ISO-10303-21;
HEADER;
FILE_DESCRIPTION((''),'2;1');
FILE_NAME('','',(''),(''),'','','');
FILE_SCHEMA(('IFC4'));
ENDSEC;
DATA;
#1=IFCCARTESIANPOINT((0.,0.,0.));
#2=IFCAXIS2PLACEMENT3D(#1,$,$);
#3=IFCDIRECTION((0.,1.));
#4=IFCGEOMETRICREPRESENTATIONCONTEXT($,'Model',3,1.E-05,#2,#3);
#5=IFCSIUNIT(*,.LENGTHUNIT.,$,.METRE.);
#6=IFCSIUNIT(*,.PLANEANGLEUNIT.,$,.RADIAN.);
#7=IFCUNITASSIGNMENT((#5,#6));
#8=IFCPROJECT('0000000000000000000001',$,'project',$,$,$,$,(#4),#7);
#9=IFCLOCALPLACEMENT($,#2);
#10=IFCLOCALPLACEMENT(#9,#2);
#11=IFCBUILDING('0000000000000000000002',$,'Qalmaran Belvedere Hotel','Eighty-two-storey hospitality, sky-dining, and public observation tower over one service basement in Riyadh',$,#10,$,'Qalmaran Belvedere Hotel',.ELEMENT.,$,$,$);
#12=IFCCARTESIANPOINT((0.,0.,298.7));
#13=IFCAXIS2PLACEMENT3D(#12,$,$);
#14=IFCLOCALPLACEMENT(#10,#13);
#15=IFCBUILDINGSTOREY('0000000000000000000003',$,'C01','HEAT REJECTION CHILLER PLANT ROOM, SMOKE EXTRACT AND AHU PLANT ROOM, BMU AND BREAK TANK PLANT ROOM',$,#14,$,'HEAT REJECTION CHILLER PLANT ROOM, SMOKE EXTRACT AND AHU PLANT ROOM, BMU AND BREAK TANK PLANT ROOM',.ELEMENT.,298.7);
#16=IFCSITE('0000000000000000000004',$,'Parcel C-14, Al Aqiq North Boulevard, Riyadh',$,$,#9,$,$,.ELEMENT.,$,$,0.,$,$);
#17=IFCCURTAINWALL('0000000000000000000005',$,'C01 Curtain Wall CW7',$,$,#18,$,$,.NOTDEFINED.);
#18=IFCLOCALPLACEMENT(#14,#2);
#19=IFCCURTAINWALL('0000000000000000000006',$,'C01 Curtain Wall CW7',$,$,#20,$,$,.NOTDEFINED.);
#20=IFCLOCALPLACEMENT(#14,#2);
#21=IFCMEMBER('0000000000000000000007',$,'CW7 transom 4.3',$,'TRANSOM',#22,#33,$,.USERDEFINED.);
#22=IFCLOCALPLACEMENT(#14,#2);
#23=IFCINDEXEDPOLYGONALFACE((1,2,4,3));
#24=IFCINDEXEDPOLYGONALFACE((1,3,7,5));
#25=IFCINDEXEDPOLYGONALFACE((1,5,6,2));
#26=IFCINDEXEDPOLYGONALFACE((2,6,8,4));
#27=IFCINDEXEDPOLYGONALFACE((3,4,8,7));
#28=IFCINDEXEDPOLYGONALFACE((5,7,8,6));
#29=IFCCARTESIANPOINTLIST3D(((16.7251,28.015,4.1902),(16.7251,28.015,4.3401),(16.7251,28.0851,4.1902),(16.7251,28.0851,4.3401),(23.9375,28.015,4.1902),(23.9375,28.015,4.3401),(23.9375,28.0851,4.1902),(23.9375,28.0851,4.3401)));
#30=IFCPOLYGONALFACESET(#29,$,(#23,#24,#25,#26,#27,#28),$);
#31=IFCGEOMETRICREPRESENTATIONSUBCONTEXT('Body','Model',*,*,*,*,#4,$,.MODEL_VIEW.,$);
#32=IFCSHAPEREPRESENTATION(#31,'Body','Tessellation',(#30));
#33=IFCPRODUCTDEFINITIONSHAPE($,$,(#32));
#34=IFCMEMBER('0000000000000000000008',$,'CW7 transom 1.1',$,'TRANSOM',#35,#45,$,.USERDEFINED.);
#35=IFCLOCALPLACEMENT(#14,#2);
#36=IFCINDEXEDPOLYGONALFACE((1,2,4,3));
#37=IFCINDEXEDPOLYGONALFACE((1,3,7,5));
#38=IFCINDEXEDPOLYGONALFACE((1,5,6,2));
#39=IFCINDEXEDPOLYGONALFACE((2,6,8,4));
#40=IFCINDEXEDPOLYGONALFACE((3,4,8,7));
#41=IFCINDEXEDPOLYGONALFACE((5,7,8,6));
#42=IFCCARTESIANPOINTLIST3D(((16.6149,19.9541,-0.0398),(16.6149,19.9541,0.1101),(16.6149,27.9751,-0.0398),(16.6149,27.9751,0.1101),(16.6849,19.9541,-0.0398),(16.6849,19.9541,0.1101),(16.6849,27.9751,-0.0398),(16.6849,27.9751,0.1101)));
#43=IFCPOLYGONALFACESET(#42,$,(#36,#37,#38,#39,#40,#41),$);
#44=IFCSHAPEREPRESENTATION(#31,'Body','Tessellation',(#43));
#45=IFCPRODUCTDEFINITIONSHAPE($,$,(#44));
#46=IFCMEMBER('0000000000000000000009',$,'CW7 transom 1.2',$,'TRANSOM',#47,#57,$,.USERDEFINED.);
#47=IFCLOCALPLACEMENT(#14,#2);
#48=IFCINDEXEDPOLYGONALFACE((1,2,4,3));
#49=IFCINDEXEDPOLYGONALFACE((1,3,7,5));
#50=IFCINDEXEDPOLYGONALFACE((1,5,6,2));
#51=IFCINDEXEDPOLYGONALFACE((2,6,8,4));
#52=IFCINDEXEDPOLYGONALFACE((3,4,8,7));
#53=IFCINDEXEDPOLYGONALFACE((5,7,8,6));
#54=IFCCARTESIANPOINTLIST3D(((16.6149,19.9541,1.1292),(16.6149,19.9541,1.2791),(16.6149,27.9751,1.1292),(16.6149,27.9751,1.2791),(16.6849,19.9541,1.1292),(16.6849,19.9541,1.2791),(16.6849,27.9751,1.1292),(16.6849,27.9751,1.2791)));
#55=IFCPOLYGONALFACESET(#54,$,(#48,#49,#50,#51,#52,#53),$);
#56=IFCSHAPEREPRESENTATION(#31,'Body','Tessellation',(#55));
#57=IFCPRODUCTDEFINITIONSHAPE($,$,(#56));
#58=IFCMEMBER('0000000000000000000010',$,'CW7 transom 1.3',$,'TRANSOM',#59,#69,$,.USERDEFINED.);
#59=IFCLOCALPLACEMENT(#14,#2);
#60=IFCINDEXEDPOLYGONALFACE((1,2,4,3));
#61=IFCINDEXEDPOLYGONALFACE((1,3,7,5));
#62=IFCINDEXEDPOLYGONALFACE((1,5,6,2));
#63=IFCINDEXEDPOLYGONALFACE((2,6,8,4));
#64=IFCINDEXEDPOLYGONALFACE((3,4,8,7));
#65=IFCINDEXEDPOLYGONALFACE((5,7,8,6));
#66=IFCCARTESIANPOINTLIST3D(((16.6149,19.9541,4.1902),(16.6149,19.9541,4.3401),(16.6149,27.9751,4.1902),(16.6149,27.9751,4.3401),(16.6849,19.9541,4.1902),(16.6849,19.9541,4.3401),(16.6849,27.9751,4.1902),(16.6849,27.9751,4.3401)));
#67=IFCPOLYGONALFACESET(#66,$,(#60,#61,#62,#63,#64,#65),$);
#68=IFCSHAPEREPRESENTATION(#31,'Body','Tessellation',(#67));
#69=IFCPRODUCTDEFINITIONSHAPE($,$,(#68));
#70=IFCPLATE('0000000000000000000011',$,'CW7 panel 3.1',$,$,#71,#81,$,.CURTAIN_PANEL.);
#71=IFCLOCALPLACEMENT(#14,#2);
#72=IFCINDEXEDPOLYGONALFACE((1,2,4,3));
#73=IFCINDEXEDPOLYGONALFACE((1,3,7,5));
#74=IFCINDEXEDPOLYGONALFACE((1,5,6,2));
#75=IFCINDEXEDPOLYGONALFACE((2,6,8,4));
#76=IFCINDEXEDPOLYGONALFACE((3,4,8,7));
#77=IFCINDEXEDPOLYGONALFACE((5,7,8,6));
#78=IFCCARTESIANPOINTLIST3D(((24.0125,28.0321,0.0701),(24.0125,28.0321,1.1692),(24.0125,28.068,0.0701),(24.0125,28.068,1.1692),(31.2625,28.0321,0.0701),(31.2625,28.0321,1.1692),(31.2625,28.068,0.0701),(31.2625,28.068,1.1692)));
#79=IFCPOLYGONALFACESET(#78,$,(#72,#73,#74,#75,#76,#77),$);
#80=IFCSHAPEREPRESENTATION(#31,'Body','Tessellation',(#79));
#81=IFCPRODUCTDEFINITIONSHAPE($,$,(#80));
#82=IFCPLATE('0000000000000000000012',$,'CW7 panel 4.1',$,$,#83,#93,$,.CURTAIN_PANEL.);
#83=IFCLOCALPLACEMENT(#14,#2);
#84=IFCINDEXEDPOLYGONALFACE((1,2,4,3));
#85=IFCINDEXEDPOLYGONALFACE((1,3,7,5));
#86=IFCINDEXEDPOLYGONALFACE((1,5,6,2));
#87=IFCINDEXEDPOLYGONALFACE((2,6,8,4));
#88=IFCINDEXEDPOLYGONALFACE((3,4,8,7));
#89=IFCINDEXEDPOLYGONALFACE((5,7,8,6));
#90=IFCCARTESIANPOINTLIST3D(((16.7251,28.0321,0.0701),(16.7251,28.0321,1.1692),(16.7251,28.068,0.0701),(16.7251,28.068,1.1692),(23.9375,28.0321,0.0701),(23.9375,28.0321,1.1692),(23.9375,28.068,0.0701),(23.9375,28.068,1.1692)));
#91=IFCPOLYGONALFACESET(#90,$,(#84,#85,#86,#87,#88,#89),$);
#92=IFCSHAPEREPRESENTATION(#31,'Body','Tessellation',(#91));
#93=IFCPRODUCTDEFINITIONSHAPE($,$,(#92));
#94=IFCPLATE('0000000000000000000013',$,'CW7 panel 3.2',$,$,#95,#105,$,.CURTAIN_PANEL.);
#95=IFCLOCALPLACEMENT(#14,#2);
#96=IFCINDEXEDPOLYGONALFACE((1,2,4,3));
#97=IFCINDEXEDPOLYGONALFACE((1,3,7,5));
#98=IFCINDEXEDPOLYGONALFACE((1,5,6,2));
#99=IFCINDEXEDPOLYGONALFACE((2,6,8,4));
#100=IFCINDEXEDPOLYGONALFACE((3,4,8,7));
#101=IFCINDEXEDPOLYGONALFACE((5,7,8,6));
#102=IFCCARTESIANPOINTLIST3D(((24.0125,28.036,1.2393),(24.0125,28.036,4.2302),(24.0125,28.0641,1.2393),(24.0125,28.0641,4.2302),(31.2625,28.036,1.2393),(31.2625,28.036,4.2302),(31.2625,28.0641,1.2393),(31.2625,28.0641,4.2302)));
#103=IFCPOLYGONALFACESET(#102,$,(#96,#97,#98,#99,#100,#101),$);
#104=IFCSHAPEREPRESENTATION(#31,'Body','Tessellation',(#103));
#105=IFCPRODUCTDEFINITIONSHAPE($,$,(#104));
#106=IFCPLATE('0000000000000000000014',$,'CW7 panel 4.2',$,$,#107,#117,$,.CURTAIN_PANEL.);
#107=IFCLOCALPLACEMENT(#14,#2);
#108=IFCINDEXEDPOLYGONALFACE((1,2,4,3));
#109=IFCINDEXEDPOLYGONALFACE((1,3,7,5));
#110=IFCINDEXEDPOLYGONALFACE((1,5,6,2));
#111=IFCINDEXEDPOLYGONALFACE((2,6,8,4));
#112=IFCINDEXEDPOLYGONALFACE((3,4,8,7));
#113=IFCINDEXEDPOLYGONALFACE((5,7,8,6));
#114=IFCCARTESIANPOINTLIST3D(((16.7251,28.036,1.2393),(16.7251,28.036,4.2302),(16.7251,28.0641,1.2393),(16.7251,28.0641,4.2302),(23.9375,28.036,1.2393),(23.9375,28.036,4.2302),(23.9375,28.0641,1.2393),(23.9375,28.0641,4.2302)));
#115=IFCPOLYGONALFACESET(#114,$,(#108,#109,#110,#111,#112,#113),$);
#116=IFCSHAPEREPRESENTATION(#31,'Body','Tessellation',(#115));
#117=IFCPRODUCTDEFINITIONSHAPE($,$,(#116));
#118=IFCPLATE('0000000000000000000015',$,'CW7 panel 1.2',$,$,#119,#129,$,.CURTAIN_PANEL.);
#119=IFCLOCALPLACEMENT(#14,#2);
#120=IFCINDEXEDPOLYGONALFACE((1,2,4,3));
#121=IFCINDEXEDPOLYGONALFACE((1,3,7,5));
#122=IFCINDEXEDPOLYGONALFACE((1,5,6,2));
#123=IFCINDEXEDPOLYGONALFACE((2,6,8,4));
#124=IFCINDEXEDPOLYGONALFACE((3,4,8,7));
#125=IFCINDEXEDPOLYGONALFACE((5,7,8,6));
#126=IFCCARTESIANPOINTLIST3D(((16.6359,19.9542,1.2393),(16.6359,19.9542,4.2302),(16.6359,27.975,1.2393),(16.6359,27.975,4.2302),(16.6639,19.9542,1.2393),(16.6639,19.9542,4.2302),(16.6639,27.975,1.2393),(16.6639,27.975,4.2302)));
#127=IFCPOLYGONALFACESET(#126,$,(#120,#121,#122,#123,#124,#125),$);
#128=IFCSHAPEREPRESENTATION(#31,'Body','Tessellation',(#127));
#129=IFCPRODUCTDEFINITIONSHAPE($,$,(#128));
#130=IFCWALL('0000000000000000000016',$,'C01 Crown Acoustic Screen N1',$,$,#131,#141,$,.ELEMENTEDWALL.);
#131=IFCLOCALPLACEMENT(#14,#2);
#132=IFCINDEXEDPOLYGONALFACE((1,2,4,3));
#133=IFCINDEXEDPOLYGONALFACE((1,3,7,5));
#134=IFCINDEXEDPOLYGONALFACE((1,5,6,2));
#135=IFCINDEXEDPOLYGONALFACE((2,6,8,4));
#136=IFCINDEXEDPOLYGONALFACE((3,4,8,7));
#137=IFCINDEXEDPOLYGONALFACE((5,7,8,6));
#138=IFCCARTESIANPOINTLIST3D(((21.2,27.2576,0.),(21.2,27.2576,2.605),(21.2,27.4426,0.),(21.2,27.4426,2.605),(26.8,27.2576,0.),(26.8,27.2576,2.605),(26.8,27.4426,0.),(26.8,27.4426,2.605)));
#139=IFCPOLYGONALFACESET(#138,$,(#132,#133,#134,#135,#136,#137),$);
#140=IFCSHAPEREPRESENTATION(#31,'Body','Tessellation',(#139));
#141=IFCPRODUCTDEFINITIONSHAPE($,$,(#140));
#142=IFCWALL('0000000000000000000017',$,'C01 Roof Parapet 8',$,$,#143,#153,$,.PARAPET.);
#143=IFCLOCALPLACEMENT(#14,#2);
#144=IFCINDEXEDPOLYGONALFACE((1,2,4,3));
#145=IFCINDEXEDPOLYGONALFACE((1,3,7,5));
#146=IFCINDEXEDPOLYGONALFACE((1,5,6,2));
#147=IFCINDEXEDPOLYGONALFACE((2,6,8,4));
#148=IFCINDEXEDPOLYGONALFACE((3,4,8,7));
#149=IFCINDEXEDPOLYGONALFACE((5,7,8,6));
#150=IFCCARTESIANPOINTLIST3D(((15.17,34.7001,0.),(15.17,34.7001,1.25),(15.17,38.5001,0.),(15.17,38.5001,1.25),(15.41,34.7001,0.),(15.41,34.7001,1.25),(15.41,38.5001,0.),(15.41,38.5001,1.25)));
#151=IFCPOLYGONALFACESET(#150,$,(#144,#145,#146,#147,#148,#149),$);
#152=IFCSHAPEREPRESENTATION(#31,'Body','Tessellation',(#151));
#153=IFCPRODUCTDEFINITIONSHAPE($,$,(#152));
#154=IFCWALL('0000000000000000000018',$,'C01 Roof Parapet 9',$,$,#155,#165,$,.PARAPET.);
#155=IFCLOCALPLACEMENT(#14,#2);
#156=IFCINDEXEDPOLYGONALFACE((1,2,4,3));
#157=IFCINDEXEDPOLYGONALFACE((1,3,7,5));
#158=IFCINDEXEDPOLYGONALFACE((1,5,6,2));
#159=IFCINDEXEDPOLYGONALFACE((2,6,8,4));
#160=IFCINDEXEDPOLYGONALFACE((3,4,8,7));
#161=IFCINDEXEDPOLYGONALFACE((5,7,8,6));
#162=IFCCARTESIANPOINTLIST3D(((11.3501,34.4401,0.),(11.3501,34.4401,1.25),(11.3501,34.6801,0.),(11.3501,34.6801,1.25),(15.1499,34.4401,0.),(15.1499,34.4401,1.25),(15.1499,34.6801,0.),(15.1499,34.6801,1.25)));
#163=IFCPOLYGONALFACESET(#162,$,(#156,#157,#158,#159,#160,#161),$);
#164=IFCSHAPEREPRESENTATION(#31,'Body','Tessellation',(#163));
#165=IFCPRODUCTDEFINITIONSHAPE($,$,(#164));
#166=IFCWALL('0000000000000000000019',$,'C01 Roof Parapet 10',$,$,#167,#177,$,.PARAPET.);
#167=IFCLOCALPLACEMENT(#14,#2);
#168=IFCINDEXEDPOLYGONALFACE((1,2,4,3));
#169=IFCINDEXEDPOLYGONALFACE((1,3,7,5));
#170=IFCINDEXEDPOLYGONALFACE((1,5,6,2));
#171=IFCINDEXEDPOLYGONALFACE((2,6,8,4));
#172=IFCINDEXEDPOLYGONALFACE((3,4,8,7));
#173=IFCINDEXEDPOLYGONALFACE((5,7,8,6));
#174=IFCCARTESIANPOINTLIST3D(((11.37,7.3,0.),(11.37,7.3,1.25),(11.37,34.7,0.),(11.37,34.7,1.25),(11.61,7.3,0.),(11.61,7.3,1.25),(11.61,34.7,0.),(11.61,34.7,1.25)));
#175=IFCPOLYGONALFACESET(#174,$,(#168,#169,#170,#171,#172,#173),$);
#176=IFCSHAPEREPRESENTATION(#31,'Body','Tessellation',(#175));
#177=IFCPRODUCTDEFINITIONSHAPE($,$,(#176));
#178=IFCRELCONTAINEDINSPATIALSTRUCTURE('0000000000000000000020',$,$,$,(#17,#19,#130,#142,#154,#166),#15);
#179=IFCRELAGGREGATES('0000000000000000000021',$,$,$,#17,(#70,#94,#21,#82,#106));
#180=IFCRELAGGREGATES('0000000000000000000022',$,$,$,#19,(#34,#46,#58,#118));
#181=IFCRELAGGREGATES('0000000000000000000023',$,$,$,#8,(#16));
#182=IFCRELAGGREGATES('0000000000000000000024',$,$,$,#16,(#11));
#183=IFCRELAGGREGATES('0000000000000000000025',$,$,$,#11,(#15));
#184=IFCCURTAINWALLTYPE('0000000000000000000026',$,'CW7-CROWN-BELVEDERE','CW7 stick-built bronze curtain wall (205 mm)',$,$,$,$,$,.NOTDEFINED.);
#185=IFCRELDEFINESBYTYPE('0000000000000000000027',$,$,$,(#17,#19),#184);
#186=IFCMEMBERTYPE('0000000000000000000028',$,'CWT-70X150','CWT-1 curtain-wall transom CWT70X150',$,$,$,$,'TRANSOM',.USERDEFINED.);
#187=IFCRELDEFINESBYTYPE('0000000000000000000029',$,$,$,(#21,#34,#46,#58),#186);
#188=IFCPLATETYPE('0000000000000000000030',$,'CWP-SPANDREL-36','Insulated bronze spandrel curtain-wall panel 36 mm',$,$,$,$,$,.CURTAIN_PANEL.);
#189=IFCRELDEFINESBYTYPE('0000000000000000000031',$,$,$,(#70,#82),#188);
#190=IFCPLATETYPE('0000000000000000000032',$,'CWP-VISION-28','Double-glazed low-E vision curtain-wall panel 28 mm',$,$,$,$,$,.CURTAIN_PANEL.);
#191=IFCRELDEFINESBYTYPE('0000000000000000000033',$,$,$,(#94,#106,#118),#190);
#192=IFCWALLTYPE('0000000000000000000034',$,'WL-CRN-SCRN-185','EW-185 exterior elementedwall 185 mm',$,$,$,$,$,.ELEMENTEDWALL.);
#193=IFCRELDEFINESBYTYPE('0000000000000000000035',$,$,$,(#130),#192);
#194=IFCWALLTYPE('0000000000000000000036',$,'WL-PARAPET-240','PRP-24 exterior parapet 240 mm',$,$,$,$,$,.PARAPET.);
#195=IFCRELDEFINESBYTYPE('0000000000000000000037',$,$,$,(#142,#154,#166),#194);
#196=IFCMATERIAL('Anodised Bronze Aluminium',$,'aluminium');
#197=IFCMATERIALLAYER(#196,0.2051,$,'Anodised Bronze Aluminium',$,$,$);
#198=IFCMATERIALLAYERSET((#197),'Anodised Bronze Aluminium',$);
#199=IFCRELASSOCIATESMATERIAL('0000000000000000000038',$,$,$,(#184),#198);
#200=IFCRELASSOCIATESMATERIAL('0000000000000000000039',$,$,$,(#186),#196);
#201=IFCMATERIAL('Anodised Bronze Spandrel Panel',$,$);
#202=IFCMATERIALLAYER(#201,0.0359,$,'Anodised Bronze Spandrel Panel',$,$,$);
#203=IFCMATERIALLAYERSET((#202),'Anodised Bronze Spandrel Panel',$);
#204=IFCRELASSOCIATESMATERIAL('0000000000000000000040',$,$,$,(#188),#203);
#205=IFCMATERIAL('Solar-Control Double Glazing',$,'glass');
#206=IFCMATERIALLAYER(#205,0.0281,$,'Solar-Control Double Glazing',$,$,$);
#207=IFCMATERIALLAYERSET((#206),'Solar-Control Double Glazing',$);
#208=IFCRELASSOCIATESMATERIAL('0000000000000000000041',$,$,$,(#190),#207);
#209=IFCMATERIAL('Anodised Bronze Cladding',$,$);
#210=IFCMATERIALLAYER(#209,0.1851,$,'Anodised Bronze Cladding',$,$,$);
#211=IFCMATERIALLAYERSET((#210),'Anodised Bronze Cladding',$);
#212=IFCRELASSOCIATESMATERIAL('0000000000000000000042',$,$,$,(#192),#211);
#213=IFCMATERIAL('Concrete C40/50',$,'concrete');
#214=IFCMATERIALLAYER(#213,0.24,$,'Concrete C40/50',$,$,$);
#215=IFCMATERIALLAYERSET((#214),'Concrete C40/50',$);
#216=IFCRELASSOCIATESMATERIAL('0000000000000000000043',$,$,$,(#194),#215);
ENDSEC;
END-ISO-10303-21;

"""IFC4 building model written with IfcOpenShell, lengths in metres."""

from ifc_helpers import new_model, si_unit, direction, frame, frame_2d, origin, origin_2d, place, context, subcontext, project, spatial, rectangle, extrude, material, layer, layer_set, material_profile, profile_set, type_object, element, aggregate, save


model = new_model("IFC4")

# Units and contexts
model_context = context("Model", 3, precision=1e-05, world=origin(), true_north=direction((0.0, 1.0)))
body_context = subcontext(model_context, "Body", "Model", "MODEL_VIEW")
ifc_project = project(units=[si_unit("LENGTHUNIT", "METRE"), si_unit("PLANEANGLEUNIT", "RADIAN")], contexts=[model_context])

# Site, building, storey
site_placement = place(None, origin())
site = spatial("IfcSite", under=ifc_project, at=site_placement, Name="Parcel C-14, Al Aqiq North Boulevard, Riyadh", CompositionType="ELEMENT", RefElevation=0.0)
building_placement = place(site_placement, origin())
building = spatial("IfcBuilding", under=site, at=building_placement, Name="Qalmaran Belvedere Hotel", Description="Eighty-two-storey hospitality, sky-dining, and public observation tower over one service basement in Riyadh", LongName="Qalmaran Belvedere Hotel", CompositionType="ELEMENT")
storey_placement = place(building_placement, frame((0.0, 0.0, 298.7)))
storey = spatial("IfcBuildingStorey", under=building, at=storey_placement, Name="C01", Description="HEAT REJECTION CHILLER PLANT ROOM, SMOKE EXTRACT AND AHU PLANT ROOM, BMU AND BREAK TANK PLANT ROOM", LongName="HEAT REJECTION CHILLER PLANT ROOM, SMOKE EXTRACT AND AHU PLANT ROOM, BMU AND BREAK TANK PLANT ROOM", CompositionType="ELEMENT", Elevation=298.7)

# Curtain wall
ifc_material_1 = material(Name="Anodised Bronze Aluminium", Category="aluminium")
ifc_layer_1 = layer(ifc_material_1, 0.2051, Name="Anodised Bronze Aluminium")
ifc_layer_set_1 = layer_set([ifc_layer_1], Name="Anodised Bronze Aluminium")
curtain_wall_type = type_object("IfcCurtainWallType", Name="CW7-CROWN-BELVEDERE", Description="CW7 stick-built bronze curtain wall (205 mm)", PredefinedType="NOTDEFINED", material=ifc_layer_set_1)
curtain_wall_1_placement = place(storey_placement, origin())
curtain_wall_1 = element("IfcCurtainWall", 1, at=curtain_wall_1_placement, inside=storey, type_object=curtain_wall_type, Name="C01 Curtain Wall CW7", PredefinedType="NOTDEFINED")

# Curtain wall
curtain_wall_2_placement = place(storey_placement, origin())
curtain_wall_2 = element("IfcCurtainWall", 2, at=curtain_wall_2_placement, inside=storey, type_object=curtain_wall_type, Name="C01 Curtain Wall CW7", PredefinedType="NOTDEFINED")

# Members
ifc_material_profile_1 = material_profile(ifc_material_1, rectangle(XDim=0.0701, YDim=0.1499, at=origin_2d()), Name="CWT70X150")
ifc_profile_set_1 = profile_set([ifc_material_profile_1], Name="Anodised Bronze Aluminium")
member_type_1 = type_object("IfcMemberType", Name="CWT-70X150", Description="CWT-1 curtain-wall transom CWT70X150", ElementType="TRANSOM", PredefinedType="USERDEFINED", material=ifc_profile_set_1)
member_1_placement = place(storey_placement, frame((23.9375, 28.05, 4.2651), z_axis=(-1.0, 0.0, 0.0), x_axis=(0.0, -1.0, 0.0)))
member_1 = element("IfcMember", 3, at=member_1_placement, type_object=member_type_1, Name="CW7 transom 4.3", ObjectType="TRANSOM", PredefinedType="USERDEFINED", context=body_context, shape_type="SweptSolid", body=[
    extrude(rectangle(XDim=0.0701, YDim=0.1499, at=origin_2d()), origin(), (0.0, 0.0, 1.0), 7.2124),
])
member_2_placement = place(storey_placement, frame((16.6499, 27.9751, 0.0352), z_axis=(0.0, -1.0, 0.0), x_axis=(1.0, 0.0, 0.0)))
member_2 = element("IfcMember", 4, at=member_2_placement, type_object=member_type_1, Name="CW7 transom 1.1", ObjectType="TRANSOM", PredefinedType="USERDEFINED", context=body_context, shape_type="SweptSolid", body=[
    extrude(rectangle(XDim=0.0701, YDim=0.1499, at=origin_2d()), origin(), (0.0, 0.0, 1.0), 8.021),
])
member_3_placement = place(storey_placement, frame((16.6499, 27.9751, 1.2041), z_axis=(0.0, -1.0, 0.0), x_axis=(1.0, 0.0, 0.0)))
member_3 = element("IfcMember", 5, at=member_3_placement, type_object=member_type_1, Name="CW7 transom 1.2", ObjectType="TRANSOM", PredefinedType="USERDEFINED", context=body_context, shape_type="SweptSolid", body=[
    extrude(rectangle(XDim=0.0701, YDim=0.1499, at=origin_2d()), origin(), (0.0, 0.0, 1.0), 8.021),
])
member_4_placement = place(storey_placement, frame((16.6499, 27.9751, 4.2651), z_axis=(0.0, -1.0, 0.0), x_axis=(1.0, 0.0, 0.0)))
member_4 = element("IfcMember", 6, at=member_4_placement, type_object=member_type_1, Name="CW7 transom 1.3", ObjectType="TRANSOM", PredefinedType="USERDEFINED", context=body_context, shape_type="SweptSolid", body=[
    extrude(rectangle(XDim=0.0701, YDim=0.1499, at=origin_2d()), origin(), (0.0, 0.0, 1.0), 8.021),
])

# Plates
ifc_material_2 = material(Name="Anodised Bronze Spandrel Panel")
ifc_layer_2 = layer(ifc_material_2, 0.0359, Name="Anodised Bronze Spandrel Panel")
ifc_layer_set_2 = layer_set([ifc_layer_2], Name="Anodised Bronze Spandrel Panel")
plate_type_1 = type_object("IfcPlateType", Name="CWP-SPANDREL-36", Description="Insulated bronze spandrel curtain-wall panel 36 mm", PredefinedType="CURTAIN_PANEL", material=ifc_layer_set_2)
plate_1_placement = place(storey_placement, frame((27.6375, 28.05, 0.0701), z_axis=(0.0, 0.0, 1.0), x_axis=(-1.0, 0.0, 0.0)))
plate_1 = element("IfcPlate", 7, at=plate_1_placement, type_object=plate_type_1, Name="CW7 panel 3.1", PredefinedType="CURTAIN_PANEL", context=body_context, shape_type="SweptSolid", body=[
    extrude(rectangle(XDim=7.25, YDim=0.0359, at=origin_2d()), origin(), (0.0, 0.0, 1.0), 1.0991),
])
plate_2_placement = place(storey_placement, frame((20.3313, 28.05, 0.0701), z_axis=(0.0, 0.0, 1.0), x_axis=(-1.0, 0.0, 0.0)))
plate_2 = element("IfcPlate", 8, at=plate_2_placement, type_object=plate_type_1, Name="CW7 panel 4.1", PredefinedType="CURTAIN_PANEL", context=body_context, shape_type="SweptSolid", body=[
    extrude(rectangle(XDim=7.2124, YDim=0.0359, at=origin_2d()), origin(), (0.0, 0.0, 1.0), 1.0991),
])
ifc_material_3 = material(Name="Solar-Control Double Glazing", Category="glass")
ifc_layer_3 = layer(ifc_material_3, 0.0281, Name="Solar-Control Double Glazing")
ifc_layer_set_3 = layer_set([ifc_layer_3], Name="Solar-Control Double Glazing")
plate_type_2 = type_object("IfcPlateType", Name="CWP-VISION-28", Description="Double-glazed low-E vision curtain-wall panel 28 mm", PredefinedType="CURTAIN_PANEL", material=ifc_layer_set_3)
plate_3_placement = place(storey_placement, frame((27.6375, 28.05, 1.2393), z_axis=(0.0, 0.0, 1.0), x_axis=(-1.0, 0.0, 0.0)))
plate_3 = element("IfcPlate", 9, at=plate_3_placement, type_object=plate_type_2, Name="CW7 panel 3.2", PredefinedType="CURTAIN_PANEL", context=body_context, shape_type="SweptSolid", body=[
    extrude(rectangle(XDim=7.25, YDim=0.0281, at=origin_2d()), origin(), (0.0, 0.0, 1.0), 2.991),
])
plate_4_placement = place(storey_placement, frame((20.3313, 28.05, 1.2393), z_axis=(0.0, 0.0, 1.0), x_axis=(-1.0, 0.0, 0.0)))
plate_4 = element("IfcPlate", 10, at=plate_4_placement, type_object=plate_type_2, Name="CW7 panel 4.2", PredefinedType="CURTAIN_PANEL", context=body_context, shape_type="SweptSolid", body=[
    extrude(rectangle(XDim=7.2124, YDim=0.0281, at=origin_2d()), origin(), (0.0, 0.0, 1.0), 2.991),
])
aggregate(curtain_wall_1, [plate_1, plate_3, member_1, plate_2, plate_4])
plate_5_placement = place(storey_placement, frame((16.6499, 23.9646, 1.2393), z_axis=(0.0, 0.0, 1.0), x_axis=(0.0, -1.0, 0.0)))
plate_5 = element("IfcPlate", 11, at=plate_5_placement, type_object=plate_type_2, Name="CW7 panel 1.2", PredefinedType="CURTAIN_PANEL", context=body_context, shape_type="SweptSolid", body=[
    extrude(rectangle(XDim=8.0208, YDim=0.0281, at=origin_2d()), origin(), (0.0, 0.0, 1.0), 2.991),
])
aggregate(curtain_wall_2, [member_2, member_3, member_4, plate_5])

# Walls
ifc_material_4 = material(Name="Anodised Bronze Cladding")
ifc_layer_4 = layer(ifc_material_4, 0.1851, Name="Anodised Bronze Cladding")
ifc_layer_set_4 = layer_set([ifc_layer_4], Name="Anodised Bronze Cladding")
wall_type_1 = type_object("IfcWallType", Name="WL-CRN-SCRN-185", Description="EW-185 exterior elementedwall 185 mm", PredefinedType="ELEMENTEDWALL", material=ifc_layer_set_4)
wall_1_placement = place(storey_placement, frame((21.2, 27.3501, 0.0), z_axis=(0.0, 0.0, 1.0), x_axis=(1.0, 0.0, 0.0)))
element("IfcWall", 12, at=wall_1_placement, inside=storey, type_object=wall_type_1, Name="C01 Crown Acoustic Screen N1", PredefinedType="ELEMENTEDWALL", context=body_context, shape_type="SweptSolid", body=[
    extrude(rectangle(XDim=5.6001, YDim=0.1851, at=frame_2d((2.8, 0.0))), origin(), (0.0, 0.0, 1.0), 2.605),
])
ifc_material_5 = material(Name="Concrete C40/50", Category="concrete")
ifc_layer_5 = layer(ifc_material_5, 0.24, Name="Concrete C40/50")
ifc_layer_set_5 = layer_set([ifc_layer_5], Name="Concrete C40/50")
wall_type_2 = type_object("IfcWallType", Name="WL-PARAPET-240", Description="PRP-24 exterior parapet 240 mm", PredefinedType="PARAPET", material=ifc_layer_set_5)
wall_2_placement = place(storey_placement, frame((15.29, 38.5, 0.0), z_axis=(0.0, 0.0, 1.0), x_axis=(0.0, -1.0, 0.0)))
element("IfcWall", 13, at=wall_2_placement, inside=storey, type_object=wall_type_2, Name="C01 Roof Parapet 8", PredefinedType="PARAPET", context=body_context, shape_type="SweptSolid", body=[
    extrude(rectangle(XDim=3.8, YDim=0.24, at=frame_2d((1.8999, 0.0))), origin(), (0.0, 0.0, 1.0), 1.25),
])
wall_3_placement = place(storey_placement, frame((15.1499, 34.5601, 0.0), z_axis=(0.0, 0.0, 1.0), x_axis=(-1.0, 0.0, 0.0)))
element("IfcWall", 14, at=wall_3_placement, inside=storey, type_object=wall_type_2, Name="C01 Roof Parapet 9", PredefinedType="PARAPET", context=body_context, shape_type="SweptSolid", body=[
    extrude(rectangle(XDim=3.7998, YDim=0.24, at=frame_2d((1.8999, 0.0))), origin(), (0.0, 0.0, 1.0), 1.25),
])
wall_4_placement = place(storey_placement, frame((11.49, 34.7, 0.0), z_axis=(0.0, 0.0, 1.0), x_axis=(0.0, -1.0, 0.0)))
element("IfcWall", 15, at=wall_4_placement, inside=storey, type_object=wall_type_2, Name="C01 Roof Parapet 10", PredefinedType="PARAPET", context=body_context, shape_type="SweptSolid", body=[
    extrude(rectangle(XDim=27.3999, YDim=0.24, at=frame_2d((13.7, 0.0))), origin(), (0.0, 0.0, 1.0), 1.25),
])

save(model, "model.ifc")
